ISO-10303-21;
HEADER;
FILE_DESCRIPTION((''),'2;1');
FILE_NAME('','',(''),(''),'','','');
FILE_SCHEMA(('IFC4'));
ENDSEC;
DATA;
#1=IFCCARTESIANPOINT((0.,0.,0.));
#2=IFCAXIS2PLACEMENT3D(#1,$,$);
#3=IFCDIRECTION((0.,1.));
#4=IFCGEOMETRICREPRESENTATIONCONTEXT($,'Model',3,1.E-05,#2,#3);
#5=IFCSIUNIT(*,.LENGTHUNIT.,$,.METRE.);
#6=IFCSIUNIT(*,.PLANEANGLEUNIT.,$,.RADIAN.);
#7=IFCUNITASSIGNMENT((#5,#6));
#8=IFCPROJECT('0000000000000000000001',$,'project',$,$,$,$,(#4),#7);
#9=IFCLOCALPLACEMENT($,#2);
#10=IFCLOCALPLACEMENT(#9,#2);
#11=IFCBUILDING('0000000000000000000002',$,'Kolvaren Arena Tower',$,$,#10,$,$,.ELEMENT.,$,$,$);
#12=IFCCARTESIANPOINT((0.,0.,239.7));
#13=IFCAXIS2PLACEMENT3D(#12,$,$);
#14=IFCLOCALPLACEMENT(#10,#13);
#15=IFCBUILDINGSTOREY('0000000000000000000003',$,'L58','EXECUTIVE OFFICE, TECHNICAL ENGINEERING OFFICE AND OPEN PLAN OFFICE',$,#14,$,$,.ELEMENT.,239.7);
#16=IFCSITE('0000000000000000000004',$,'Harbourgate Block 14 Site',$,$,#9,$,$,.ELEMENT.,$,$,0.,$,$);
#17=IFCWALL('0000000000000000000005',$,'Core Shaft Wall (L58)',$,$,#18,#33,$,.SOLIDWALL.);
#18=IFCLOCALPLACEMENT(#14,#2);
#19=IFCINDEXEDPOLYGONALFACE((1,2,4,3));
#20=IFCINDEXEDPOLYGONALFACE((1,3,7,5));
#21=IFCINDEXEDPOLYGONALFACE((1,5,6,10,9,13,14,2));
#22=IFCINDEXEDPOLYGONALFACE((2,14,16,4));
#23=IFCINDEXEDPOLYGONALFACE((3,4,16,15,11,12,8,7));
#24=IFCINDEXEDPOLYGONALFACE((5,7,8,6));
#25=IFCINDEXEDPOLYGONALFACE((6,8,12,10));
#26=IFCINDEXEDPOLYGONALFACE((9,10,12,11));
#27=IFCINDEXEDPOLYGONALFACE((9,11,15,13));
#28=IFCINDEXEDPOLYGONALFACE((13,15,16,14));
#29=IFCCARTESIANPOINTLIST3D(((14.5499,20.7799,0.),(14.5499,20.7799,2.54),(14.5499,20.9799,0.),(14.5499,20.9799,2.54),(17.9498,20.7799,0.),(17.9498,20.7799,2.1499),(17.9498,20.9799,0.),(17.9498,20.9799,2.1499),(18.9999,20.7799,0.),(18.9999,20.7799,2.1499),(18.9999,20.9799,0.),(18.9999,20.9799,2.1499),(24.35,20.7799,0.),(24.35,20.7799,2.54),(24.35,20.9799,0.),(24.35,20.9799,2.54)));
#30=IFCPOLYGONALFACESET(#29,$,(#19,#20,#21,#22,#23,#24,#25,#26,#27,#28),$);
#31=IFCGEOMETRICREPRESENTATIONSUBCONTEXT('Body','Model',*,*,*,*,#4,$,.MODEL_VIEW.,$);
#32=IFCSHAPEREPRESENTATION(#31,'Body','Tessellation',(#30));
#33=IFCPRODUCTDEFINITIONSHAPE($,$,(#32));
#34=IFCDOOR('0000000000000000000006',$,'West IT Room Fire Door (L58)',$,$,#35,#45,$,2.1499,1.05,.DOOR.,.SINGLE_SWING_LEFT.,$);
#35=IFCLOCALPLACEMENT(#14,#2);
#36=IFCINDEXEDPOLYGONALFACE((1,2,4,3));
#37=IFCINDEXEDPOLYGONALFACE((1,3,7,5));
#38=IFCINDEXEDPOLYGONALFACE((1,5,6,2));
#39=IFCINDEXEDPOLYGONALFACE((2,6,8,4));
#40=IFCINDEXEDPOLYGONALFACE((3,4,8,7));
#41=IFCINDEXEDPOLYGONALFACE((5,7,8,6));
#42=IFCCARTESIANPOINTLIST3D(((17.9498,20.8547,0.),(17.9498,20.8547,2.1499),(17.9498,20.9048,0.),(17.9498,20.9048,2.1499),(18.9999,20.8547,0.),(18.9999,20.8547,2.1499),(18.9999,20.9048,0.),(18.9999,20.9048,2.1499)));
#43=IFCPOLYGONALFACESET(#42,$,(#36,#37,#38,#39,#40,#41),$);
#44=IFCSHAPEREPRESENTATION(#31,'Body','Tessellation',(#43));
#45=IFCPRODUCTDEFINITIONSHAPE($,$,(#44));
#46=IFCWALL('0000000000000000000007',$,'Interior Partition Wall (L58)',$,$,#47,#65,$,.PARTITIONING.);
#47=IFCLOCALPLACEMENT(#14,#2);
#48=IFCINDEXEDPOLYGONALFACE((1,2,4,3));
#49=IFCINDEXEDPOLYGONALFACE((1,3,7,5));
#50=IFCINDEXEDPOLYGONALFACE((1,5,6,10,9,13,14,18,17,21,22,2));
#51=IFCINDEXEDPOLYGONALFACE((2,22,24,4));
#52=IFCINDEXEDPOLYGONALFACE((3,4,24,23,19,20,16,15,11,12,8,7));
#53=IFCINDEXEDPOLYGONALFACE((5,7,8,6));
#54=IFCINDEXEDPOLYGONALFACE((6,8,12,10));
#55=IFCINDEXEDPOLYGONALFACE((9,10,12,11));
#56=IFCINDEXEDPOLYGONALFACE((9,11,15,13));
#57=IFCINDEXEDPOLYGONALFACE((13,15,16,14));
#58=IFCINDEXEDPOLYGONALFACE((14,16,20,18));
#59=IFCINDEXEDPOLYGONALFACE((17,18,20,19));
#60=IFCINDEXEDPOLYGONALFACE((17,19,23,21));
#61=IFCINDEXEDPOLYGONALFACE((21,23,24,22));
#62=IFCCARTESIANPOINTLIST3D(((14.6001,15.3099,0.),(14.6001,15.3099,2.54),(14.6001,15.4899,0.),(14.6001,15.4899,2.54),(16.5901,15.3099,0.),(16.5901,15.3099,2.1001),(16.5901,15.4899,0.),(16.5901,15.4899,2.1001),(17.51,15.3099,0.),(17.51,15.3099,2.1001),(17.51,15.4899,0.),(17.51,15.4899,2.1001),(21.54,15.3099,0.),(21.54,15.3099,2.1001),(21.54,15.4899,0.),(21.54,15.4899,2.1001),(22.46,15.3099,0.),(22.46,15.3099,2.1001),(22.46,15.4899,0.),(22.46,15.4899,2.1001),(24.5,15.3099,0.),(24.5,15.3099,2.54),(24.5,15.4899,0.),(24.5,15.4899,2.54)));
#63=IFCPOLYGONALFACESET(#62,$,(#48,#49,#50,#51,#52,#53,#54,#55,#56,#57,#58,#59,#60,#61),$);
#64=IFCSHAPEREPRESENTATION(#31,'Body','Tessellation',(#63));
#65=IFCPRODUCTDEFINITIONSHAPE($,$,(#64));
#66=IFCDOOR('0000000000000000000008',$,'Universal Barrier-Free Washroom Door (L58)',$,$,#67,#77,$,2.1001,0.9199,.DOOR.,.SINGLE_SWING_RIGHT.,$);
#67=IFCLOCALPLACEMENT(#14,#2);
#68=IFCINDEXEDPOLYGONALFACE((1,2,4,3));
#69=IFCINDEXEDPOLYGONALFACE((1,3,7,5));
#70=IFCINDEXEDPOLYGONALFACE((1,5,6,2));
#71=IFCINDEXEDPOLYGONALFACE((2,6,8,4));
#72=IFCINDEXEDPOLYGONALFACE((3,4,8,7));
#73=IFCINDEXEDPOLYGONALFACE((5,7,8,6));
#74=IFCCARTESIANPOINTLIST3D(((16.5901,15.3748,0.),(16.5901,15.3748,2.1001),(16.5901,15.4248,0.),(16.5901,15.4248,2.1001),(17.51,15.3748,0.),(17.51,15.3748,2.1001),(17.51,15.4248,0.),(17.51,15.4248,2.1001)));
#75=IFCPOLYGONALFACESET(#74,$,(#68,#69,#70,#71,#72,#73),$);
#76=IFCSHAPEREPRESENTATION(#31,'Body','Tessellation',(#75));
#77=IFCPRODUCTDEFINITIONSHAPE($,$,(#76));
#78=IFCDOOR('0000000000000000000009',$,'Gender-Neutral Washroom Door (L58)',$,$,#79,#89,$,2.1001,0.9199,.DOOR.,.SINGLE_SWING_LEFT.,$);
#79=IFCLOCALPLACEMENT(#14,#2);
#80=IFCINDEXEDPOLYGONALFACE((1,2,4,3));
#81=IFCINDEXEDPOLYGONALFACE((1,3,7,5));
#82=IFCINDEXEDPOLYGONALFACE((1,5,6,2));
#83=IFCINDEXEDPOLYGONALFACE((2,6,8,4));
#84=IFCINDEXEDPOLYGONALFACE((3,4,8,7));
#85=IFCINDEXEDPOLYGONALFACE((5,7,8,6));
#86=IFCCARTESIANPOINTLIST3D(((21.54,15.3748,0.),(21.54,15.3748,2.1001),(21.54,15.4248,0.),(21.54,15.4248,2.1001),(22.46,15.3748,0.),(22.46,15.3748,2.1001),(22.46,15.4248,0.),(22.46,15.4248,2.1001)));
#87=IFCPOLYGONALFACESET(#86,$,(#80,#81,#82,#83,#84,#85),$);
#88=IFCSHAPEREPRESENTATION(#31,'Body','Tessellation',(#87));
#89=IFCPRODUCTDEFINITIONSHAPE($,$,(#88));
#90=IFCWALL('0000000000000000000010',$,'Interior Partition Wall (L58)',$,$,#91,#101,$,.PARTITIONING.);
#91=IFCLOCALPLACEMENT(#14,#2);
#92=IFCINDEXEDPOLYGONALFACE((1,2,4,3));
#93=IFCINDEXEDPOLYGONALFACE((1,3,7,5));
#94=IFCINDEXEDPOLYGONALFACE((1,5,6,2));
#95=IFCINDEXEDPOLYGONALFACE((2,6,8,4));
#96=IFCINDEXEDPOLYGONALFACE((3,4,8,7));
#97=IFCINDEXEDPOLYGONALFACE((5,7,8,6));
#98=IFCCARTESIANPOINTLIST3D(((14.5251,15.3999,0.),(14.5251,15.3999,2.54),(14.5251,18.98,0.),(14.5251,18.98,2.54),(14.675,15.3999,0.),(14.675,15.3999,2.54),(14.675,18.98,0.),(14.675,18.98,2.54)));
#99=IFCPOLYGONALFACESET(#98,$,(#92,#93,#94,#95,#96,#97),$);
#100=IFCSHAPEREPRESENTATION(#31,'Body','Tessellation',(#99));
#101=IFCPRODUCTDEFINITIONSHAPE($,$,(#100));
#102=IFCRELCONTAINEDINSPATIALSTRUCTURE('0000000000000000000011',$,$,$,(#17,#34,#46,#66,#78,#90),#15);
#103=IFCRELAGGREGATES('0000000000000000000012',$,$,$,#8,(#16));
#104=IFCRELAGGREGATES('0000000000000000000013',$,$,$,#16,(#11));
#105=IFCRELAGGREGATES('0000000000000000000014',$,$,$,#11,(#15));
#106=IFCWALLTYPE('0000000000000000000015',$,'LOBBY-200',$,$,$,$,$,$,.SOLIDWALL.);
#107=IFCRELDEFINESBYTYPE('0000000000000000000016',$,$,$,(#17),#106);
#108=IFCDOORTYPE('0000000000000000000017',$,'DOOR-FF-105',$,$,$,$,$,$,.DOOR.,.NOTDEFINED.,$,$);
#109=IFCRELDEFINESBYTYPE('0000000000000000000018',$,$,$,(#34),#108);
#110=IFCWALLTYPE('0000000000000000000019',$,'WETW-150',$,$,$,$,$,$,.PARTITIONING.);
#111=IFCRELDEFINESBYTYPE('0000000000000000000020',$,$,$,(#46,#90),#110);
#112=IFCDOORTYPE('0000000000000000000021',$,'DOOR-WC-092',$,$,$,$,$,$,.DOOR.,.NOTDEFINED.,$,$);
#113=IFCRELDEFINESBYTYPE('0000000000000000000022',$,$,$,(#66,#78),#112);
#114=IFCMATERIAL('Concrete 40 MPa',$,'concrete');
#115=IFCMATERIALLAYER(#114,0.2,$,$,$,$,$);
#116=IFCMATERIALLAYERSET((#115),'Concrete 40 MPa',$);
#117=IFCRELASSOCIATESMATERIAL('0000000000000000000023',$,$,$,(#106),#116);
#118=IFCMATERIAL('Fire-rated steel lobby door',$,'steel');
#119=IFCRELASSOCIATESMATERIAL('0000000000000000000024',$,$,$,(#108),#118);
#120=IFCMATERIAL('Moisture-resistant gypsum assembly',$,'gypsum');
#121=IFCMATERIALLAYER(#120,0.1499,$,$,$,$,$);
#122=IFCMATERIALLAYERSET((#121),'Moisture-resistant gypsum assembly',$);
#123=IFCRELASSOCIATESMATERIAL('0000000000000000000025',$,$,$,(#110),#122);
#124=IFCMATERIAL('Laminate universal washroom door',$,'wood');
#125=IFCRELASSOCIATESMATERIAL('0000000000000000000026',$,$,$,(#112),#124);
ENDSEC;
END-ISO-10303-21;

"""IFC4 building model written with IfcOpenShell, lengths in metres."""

from ifc_helpers import new_model, si_unit, direction, frame, frame_2d, origin, place, context, subcontext, project, spatial, rectangle, extrude, material, layer, layer_set, type_object, element, fill, save


model = new_model("IFC4")

# Units and contexts
model_context = context("Model", 3, precision=1e-05, world=origin(), true_north=direction((0.0, 1.0)))
body_context = subcontext(model_context, "Body", "Model", "MODEL_VIEW")
ifc_project = project(units=[si_unit("LENGTHUNIT", "METRE"), si_unit("PLANEANGLEUNIT", "RADIAN")], contexts=[model_context])

# Site, building, storey
site_placement = place(None, origin())
site = spatial("IfcSite", under=ifc_project, at=site_placement, Name="Harbourgate Block 14 Site", CompositionType="ELEMENT", RefElevation=0.0)
building_placement = place(site_placement, origin())
building = spatial("IfcBuilding", under=site, at=building_placement, Name="Kolvaren Arena Tower", CompositionType="ELEMENT")
storey_placement = place(building_placement, frame((0.0, 0.0, 239.7)))
storey = spatial("IfcBuildingStorey", under=building, at=storey_placement, Name="L58", Description="EXECUTIVE OFFICE, TECHNICAL ENGINEERING OFFICE AND OPEN PLAN OFFICE", CompositionType="ELEMENT", Elevation=239.7)

# Wall, opening, door
ifc_material_1 = material(Name="Concrete 40 MPa", Category="concrete")
ifc_layer_1 = layer(ifc_material_1, 0.2)
ifc_layer_set_1 = layer_set([ifc_layer_1], Name="Concrete 40 MPa")
wall_type_1 = type_object("IfcWallType", Name="LOBBY-200", PredefinedType="SOLIDWALL", material=ifc_layer_set_1)
wall_1_placement = place(storey_placement, frame((14.55, 20.8799, 0.0), z_axis=(0.0, 0.0, 1.0), x_axis=(1.0, 0.0, 0.0)))
wall_1 = element("IfcWall", 1, at=wall_1_placement, inside=storey, type_object=wall_type_1, Name="Core Shaft Wall (L58)", PredefinedType="SOLIDWALL", context=body_context, shape_type="SweptSolid", body=[
    extrude(rectangle(XDim=9.8, YDim=0.2, at=frame_2d((4.8999, 0.0))), origin(), (0.0, 0.0, 1.0), 2.54),
])
opening_1_placement = place(wall_1_placement, frame((3.3999, 0.0, 0.0)))
opening_1 = element("IfcOpeningElement", 2, at=opening_1_placement, cuts=wall_1, PredefinedType="OPENING", context=body_context, shape_type="SweptSolid", body=[
    extrude(rectangle(XDim=1.05, YDim=2.1499, at=frame_2d((0.5249, 1.075))), frame((0.0, 0.1099, 0.0), z_axis=(0.0, -1.0, 0.0), x_axis=(1.0, 0.0, 0.0)), (0.0, 0.0, 1.0), 0.22),
])
ifc_material_2 = material(Name="Fire-rated steel lobby door", Category="steel")
door_type_1 = type_object("IfcDoorType", Name="DOOR-FF-105", OperationType="NOTDEFINED", PredefinedType="DOOR", material=ifc_material_2)
door_1_placement = place(opening_1_placement, origin())
door_1 = element("IfcDoor", 3, at=door_1_placement, inside=storey, type_object=door_type_1, Name="West IT Room Fire Door (L58)", OperationType="SINGLE_SWING_LEFT", OverallHeight=2.1499, OverallWidth=1.05, PredefinedType="DOOR", context=body_context, shape_type="SweptSolid", body=[
    extrude(rectangle(XDim=1.05, YDim=2.1499, at=frame_2d((0.5249, 1.075))), frame((0.0, 0.0249, 0.0), z_axis=(0.0, -1.0, 0.0), x_axis=(1.0, 0.0, 0.0)), (0.0, 0.0, 1.0), 0.05),
])
fill(opening_1, door_1)

# Wall, openings, doors
ifc_material_3 = material(Name="Moisture-resistant gypsum assembly", Category="gypsum")
ifc_layer_2 = layer(ifc_material_3, 0.1499)
ifc_layer_set_2 = layer_set([ifc_layer_2], Name="Moisture-resistant gypsum assembly")
wall_type_2 = type_object("IfcWallType", Name="WETW-150", PredefinedType="PARTITIONING", material=ifc_layer_set_2)
wall_2_placement = place(storey_placement, frame((14.6001, 15.3999, 0.0), z_axis=(0.0, 0.0, 1.0), x_axis=(1.0, 0.0, 0.0)))
wall_2 = element("IfcWall", 4, at=wall_2_placement, inside=storey, type_object=wall_type_2, Name="Interior Partition Wall (L58)", PredefinedType="PARTITIONING", context=body_context, shape_type="SweptSolid", body=[
    extrude(rectangle(XDim=9.8999, YDim=0.1799, at=frame_2d((4.95, 0.0))), origin(), (0.0, 0.0, 1.0), 2.54),
])
opening_2_placement = place(wall_2_placement, frame((1.99, 0.0, 0.0)))
opening_2 = element("IfcOpeningElement", 5, at=opening_2_placement, cuts=wall_2, PredefinedType="OPENING", context=body_context, shape_type="SweptSolid", body=[
    extrude(rectangle(XDim=0.9199, YDim=2.1001, at=frame_2d((0.46, 1.05))), frame((0.0, 0.0999, 0.0), z_axis=(0.0, -1.0, 0.0), x_axis=(1.0, 0.0, 0.0)), (0.0, 0.0, 1.0), 0.2),
])
opening_3_placement = place(wall_2_placement, frame((6.9399, 0.0, 0.0)))
opening_3 = element("IfcOpeningElement", 6, at=opening_3_placement, cuts=wall_2, PredefinedType="OPENING", context=body_context, shape_type="SweptSolid", body=[
    extrude(rectangle(XDim=0.9199, YDim=2.1001, at=frame_2d((0.46, 1.05))), frame((0.0, 0.0999, 0.0), z_axis=(0.0, -1.0, 0.0), x_axis=(1.0, 0.0, 0.0)), (0.0, 0.0, 1.0), 0.2),
])
ifc_material_4 = material(Name="Laminate universal washroom door", Category="wood")
door_type_2 = type_object("IfcDoorType", Name="DOOR-WC-092", OperationType="NOTDEFINED", PredefinedType="DOOR", material=ifc_material_4)
door_2_placement = place(opening_2_placement, origin())
door_2 = element("IfcDoor", 7, at=door_2_placement, inside=storey, type_object=door_type_2, Name="Universal Barrier-Free Washroom Door (L58)", OperationType="SINGLE_SWING_RIGHT", OverallHeight=2.1001, OverallWidth=0.9199, PredefinedType="DOOR", context=body_context, shape_type="SweptSolid", body=[
    extrude(rectangle(XDim=0.9199, YDim=2.1001, at=frame_2d((0.46, 1.05))), frame((0.0, 0.0249, 0.0), z_axis=(0.0, -1.0, 0.0), x_axis=(1.0, 0.0, 0.0)), (0.0, 0.0, 1.0), 0.05),
])
fill(opening_2, door_2)
door_3_placement = place(opening_3_placement, origin())
door_3 = element("IfcDoor", 8, at=door_3_placement, inside=storey, type_object=door_type_2, Name="Gender-Neutral Washroom Door (L58)", OperationType="SINGLE_SWING_LEFT", OverallHeight=2.1001, OverallWidth=0.9199, PredefinedType="DOOR", context=body_context, shape_type="SweptSolid", body=[
    extrude(rectangle(XDim=0.9199, YDim=2.1001, at=frame_2d((0.46, 1.05))), frame((0.0, 0.0249, 0.0), z_axis=(0.0, -1.0, 0.0), x_axis=(1.0, 0.0, 0.0)), (0.0, 0.0, 1.0), 0.05),
])
fill(opening_3, door_3)

# Wall
wall_3_placement = place(storey_placement, frame((14.6001, 15.3999, 0.0), z_axis=(0.0, 0.0, 1.0), x_axis=(0.0, 1.0, 0.0)))
element("IfcWall", 9, at=wall_3_placement, inside=storey, type_object=wall_type_2, Name="Interior Partition Wall (L58)", PredefinedType="PARTITIONING", context=body_context, shape_type="SweptSolid", body=[
    extrude(rectangle(XDim=3.5801, YDim=0.1499, at=frame_2d((1.79, 0.0))), origin(), (0.0, 0.0, 1.0), 2.54),
])

save(model, "model.ifc")
